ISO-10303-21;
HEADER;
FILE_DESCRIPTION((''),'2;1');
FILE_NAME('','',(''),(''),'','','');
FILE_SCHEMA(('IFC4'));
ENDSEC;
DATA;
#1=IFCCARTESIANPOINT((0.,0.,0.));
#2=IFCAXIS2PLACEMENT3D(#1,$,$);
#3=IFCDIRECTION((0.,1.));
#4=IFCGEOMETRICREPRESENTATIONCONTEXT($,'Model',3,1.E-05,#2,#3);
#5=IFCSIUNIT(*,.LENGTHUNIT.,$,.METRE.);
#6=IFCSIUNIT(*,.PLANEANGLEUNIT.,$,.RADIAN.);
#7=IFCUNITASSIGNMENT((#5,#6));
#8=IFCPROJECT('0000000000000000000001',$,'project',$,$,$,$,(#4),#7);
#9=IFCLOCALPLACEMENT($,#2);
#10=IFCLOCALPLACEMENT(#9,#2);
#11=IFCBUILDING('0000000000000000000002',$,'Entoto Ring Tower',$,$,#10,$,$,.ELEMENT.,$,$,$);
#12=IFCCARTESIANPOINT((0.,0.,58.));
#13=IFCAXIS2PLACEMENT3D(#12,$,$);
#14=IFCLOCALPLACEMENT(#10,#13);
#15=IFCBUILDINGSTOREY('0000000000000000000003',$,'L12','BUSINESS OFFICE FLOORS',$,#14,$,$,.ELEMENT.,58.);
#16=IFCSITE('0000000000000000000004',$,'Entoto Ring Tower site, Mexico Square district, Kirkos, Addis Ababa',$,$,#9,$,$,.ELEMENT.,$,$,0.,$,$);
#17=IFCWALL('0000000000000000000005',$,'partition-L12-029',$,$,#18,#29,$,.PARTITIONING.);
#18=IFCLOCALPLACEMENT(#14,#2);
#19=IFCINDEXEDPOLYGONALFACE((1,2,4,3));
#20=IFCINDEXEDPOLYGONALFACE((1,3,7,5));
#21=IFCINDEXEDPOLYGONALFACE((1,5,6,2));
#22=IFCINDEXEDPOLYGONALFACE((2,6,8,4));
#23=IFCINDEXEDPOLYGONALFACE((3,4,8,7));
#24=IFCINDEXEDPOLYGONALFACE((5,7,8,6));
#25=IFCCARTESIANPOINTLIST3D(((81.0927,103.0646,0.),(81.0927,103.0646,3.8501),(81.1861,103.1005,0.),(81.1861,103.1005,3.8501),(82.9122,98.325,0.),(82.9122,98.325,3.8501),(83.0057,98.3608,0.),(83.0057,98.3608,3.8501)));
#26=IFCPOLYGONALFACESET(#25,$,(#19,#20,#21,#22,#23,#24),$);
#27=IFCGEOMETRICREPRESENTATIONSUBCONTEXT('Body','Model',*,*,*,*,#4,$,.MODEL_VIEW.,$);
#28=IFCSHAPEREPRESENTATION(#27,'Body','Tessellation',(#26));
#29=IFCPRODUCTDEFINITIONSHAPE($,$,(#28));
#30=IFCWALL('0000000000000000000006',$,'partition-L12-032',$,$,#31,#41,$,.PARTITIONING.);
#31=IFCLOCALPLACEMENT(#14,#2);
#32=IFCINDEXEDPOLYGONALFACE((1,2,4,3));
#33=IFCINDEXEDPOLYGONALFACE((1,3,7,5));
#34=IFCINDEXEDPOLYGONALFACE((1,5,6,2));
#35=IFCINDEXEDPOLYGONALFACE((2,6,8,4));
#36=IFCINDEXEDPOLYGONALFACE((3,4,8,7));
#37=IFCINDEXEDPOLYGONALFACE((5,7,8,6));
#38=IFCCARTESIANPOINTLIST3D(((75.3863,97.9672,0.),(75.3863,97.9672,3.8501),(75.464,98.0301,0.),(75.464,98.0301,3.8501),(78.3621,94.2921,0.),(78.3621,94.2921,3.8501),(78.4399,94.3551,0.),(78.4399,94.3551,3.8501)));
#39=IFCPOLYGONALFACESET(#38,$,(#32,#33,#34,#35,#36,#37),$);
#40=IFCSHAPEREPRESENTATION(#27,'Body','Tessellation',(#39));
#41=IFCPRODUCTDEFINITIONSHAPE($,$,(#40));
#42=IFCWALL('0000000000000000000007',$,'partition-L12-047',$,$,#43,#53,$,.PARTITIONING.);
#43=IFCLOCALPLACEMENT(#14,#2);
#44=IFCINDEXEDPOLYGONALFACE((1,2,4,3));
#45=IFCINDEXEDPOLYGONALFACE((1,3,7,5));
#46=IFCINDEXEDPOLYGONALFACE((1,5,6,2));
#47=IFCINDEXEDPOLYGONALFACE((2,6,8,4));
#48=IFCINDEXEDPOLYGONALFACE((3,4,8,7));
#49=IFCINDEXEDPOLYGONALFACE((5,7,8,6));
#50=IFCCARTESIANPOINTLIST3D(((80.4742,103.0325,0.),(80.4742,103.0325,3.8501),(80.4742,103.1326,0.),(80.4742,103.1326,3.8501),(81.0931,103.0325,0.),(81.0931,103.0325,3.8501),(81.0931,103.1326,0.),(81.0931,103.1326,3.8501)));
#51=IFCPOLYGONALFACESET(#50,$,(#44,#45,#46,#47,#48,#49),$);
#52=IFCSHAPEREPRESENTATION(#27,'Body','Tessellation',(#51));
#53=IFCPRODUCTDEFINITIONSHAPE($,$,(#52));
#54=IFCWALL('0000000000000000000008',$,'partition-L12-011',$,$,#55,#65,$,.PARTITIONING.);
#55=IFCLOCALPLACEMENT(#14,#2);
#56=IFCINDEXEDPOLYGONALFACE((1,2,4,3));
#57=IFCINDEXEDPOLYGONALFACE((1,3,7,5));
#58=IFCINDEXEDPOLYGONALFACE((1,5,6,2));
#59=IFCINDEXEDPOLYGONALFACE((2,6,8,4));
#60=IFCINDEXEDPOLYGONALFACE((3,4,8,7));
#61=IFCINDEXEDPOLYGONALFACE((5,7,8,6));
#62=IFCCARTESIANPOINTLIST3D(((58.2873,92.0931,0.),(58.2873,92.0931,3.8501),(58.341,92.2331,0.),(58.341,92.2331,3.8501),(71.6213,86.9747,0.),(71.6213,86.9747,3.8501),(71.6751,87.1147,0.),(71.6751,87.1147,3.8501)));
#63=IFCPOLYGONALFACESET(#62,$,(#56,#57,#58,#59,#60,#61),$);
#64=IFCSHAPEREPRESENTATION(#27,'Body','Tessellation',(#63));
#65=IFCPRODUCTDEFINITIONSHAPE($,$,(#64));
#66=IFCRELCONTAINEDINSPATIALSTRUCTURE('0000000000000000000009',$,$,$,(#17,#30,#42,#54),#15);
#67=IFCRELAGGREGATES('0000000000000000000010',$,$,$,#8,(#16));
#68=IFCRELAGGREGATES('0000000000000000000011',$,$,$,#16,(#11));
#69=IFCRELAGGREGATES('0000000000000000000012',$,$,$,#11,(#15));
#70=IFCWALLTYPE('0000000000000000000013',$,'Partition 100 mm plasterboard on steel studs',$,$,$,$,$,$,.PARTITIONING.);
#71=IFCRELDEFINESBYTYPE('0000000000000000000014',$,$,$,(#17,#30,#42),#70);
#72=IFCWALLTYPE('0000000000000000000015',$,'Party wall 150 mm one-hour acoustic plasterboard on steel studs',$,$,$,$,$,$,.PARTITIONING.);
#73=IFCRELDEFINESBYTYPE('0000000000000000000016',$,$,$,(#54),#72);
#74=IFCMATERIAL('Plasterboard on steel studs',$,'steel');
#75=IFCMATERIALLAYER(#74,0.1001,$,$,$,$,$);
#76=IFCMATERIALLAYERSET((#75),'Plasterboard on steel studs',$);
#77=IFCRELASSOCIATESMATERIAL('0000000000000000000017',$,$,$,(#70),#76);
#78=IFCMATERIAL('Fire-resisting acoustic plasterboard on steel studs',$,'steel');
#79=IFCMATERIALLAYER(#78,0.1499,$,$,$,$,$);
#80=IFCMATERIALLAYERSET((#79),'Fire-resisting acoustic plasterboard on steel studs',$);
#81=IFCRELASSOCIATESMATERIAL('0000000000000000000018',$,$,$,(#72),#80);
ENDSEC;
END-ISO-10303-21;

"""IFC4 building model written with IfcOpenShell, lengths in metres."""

from ifc_helpers import new_model, si_unit, direction, frame, frame_2d, origin, place, context, subcontext, project, spatial, rectangle, extrude, material, layer, layer_set, type_object, element, save


model = new_model("IFC4")

# Units and contexts
model_context = context("Model", 3, precision=1e-05, world=origin(), true_north=direction((0.0, 1.0)))
body_context = subcontext(model_context, "Body", "Model", "MODEL_VIEW")
ifc_project = project(units=[si_unit("LENGTHUNIT", "METRE"), si_unit("PLANEANGLEUNIT", "RADIAN")], contexts=[model_context])

# Site, building, storey
site_placement = place(None, origin())
site = spatial("IfcSite", under=ifc_project, at=site_placement, Name="Entoto Ring Tower site, Mexico Square district, Kirkos, Addis Ababa", CompositionType="ELEMENT", RefElevation=0.0)
building_placement = place(site_placement, origin())
building = spatial("IfcBuilding", under=site, at=building_placement, Name="Entoto Ring Tower", CompositionType="ELEMENT")
storey_placement = place(building_placement, frame((0.0, 0.0, 58.0)))
storey = spatial("IfcBuildingStorey", under=building, at=storey_placement, Name="L12", Description="BUSINESS OFFICE FLOORS", CompositionType="ELEMENT", Elevation=58.0)

# Shared definitions
ifc_material_1 = material(Name="Plasterboard on steel studs", Category="steel")
ifc_layer_1 = layer(ifc_material_1, 0.1001)
ifc_layer_set_1 = layer_set([ifc_layer_1], Name="Plasterboard on steel studs")
wall_type_1 = type_object("IfcWallType", Name="Partition 100 mm plasterboard on steel studs", PredefinedType="PARTITIONING", material=ifc_layer_set_1)

# Walls
wall_1_placement = place(storey_placement, frame((82.959, 98.3428, 0.0), z_axis=(0.0, 0.0, 1.0), x_axis=(-0.358396, 0.93357, 0.0)))
element("IfcWall", 1, at=wall_1_placement, inside=storey, type_object=wall_type_1, Name="partition-L12-029", PredefinedType="PARTITIONING", context=body_context, shape_type="SweptSolid", body=[
    extrude(rectangle(XDim=5.0769, YDim=0.1001, at=frame_2d((2.5386, 0.0))), origin(), (0.0, 0.0, 1.0), 3.8501),
])
wall_2_placement = place(storey_placement, frame((78.4009, 94.3237, 0.0), z_axis=(0.0, 0.0, 1.0), x_axis=(-0.629299, 0.777163, 0.0)))
element("IfcWall", 2, at=wall_2_placement, inside=storey, type_object=wall_type_1, Name="partition-L12-032", PredefinedType="PARTITIONING", context=body_context, shape_type="SweptSolid", body=[
    extrude(rectangle(XDim=4.7288, YDim=0.1001, at=frame_2d((2.3643, 0.0))), origin(), (0.0, 0.0, 1.0), 3.8501),
])
wall_3_placement = place(storey_placement, frame((80.4741, 103.0825, 0.0), z_axis=(0.0, 0.0, 1.0), x_axis=(1.0, 0.0, 0.0)))
element("IfcWall", 3, at=wall_3_placement, inside=storey, type_object=wall_type_1, Name="partition-L12-047", PredefinedType="PARTITIONING", context=body_context, shape_type="SweptSolid", body=[
    extrude(rectangle(XDim=0.6189, YDim=0.1001, at=frame_2d((0.3096, 0.0))), origin(), (0.0, 0.0, 1.0), 3.8501),
])
ifc_material_2 = material(Name="Fire-resisting acoustic plasterboard on steel studs", Category="steel")
ifc_layer_2 = layer(ifc_material_2, 0.1499)
ifc_layer_set_2 = layer_set([ifc_layer_2], Name="Fire-resisting acoustic plasterboard on steel studs")
wall_type_2 = type_object("IfcWallType", Name="Party wall 150 mm one-hour acoustic plasterboard on steel studs", PredefinedType="PARTITIONING", material=ifc_layer_set_2)
wall_4_placement = place(storey_placement, frame((71.6482, 87.0447, 0.0), z_axis=(0.0, 0.0, 1.0), x_axis=(-0.933581, 0.358366, 0.0)))
element("IfcWall", 4, at=wall_4_placement, inside=storey, type_object=wall_type_2, Name="partition-L12-011", PredefinedType="PARTITIONING", context=body_context, shape_type="SweptSolid", body=[
    extrude(rectangle(XDim=14.2827, YDim=0.1499, at=frame_2d((7.1414, 0.0))), origin(), (0.0, 0.0, 1.0), 3.8501),
])

save(model, "model.ifc")
